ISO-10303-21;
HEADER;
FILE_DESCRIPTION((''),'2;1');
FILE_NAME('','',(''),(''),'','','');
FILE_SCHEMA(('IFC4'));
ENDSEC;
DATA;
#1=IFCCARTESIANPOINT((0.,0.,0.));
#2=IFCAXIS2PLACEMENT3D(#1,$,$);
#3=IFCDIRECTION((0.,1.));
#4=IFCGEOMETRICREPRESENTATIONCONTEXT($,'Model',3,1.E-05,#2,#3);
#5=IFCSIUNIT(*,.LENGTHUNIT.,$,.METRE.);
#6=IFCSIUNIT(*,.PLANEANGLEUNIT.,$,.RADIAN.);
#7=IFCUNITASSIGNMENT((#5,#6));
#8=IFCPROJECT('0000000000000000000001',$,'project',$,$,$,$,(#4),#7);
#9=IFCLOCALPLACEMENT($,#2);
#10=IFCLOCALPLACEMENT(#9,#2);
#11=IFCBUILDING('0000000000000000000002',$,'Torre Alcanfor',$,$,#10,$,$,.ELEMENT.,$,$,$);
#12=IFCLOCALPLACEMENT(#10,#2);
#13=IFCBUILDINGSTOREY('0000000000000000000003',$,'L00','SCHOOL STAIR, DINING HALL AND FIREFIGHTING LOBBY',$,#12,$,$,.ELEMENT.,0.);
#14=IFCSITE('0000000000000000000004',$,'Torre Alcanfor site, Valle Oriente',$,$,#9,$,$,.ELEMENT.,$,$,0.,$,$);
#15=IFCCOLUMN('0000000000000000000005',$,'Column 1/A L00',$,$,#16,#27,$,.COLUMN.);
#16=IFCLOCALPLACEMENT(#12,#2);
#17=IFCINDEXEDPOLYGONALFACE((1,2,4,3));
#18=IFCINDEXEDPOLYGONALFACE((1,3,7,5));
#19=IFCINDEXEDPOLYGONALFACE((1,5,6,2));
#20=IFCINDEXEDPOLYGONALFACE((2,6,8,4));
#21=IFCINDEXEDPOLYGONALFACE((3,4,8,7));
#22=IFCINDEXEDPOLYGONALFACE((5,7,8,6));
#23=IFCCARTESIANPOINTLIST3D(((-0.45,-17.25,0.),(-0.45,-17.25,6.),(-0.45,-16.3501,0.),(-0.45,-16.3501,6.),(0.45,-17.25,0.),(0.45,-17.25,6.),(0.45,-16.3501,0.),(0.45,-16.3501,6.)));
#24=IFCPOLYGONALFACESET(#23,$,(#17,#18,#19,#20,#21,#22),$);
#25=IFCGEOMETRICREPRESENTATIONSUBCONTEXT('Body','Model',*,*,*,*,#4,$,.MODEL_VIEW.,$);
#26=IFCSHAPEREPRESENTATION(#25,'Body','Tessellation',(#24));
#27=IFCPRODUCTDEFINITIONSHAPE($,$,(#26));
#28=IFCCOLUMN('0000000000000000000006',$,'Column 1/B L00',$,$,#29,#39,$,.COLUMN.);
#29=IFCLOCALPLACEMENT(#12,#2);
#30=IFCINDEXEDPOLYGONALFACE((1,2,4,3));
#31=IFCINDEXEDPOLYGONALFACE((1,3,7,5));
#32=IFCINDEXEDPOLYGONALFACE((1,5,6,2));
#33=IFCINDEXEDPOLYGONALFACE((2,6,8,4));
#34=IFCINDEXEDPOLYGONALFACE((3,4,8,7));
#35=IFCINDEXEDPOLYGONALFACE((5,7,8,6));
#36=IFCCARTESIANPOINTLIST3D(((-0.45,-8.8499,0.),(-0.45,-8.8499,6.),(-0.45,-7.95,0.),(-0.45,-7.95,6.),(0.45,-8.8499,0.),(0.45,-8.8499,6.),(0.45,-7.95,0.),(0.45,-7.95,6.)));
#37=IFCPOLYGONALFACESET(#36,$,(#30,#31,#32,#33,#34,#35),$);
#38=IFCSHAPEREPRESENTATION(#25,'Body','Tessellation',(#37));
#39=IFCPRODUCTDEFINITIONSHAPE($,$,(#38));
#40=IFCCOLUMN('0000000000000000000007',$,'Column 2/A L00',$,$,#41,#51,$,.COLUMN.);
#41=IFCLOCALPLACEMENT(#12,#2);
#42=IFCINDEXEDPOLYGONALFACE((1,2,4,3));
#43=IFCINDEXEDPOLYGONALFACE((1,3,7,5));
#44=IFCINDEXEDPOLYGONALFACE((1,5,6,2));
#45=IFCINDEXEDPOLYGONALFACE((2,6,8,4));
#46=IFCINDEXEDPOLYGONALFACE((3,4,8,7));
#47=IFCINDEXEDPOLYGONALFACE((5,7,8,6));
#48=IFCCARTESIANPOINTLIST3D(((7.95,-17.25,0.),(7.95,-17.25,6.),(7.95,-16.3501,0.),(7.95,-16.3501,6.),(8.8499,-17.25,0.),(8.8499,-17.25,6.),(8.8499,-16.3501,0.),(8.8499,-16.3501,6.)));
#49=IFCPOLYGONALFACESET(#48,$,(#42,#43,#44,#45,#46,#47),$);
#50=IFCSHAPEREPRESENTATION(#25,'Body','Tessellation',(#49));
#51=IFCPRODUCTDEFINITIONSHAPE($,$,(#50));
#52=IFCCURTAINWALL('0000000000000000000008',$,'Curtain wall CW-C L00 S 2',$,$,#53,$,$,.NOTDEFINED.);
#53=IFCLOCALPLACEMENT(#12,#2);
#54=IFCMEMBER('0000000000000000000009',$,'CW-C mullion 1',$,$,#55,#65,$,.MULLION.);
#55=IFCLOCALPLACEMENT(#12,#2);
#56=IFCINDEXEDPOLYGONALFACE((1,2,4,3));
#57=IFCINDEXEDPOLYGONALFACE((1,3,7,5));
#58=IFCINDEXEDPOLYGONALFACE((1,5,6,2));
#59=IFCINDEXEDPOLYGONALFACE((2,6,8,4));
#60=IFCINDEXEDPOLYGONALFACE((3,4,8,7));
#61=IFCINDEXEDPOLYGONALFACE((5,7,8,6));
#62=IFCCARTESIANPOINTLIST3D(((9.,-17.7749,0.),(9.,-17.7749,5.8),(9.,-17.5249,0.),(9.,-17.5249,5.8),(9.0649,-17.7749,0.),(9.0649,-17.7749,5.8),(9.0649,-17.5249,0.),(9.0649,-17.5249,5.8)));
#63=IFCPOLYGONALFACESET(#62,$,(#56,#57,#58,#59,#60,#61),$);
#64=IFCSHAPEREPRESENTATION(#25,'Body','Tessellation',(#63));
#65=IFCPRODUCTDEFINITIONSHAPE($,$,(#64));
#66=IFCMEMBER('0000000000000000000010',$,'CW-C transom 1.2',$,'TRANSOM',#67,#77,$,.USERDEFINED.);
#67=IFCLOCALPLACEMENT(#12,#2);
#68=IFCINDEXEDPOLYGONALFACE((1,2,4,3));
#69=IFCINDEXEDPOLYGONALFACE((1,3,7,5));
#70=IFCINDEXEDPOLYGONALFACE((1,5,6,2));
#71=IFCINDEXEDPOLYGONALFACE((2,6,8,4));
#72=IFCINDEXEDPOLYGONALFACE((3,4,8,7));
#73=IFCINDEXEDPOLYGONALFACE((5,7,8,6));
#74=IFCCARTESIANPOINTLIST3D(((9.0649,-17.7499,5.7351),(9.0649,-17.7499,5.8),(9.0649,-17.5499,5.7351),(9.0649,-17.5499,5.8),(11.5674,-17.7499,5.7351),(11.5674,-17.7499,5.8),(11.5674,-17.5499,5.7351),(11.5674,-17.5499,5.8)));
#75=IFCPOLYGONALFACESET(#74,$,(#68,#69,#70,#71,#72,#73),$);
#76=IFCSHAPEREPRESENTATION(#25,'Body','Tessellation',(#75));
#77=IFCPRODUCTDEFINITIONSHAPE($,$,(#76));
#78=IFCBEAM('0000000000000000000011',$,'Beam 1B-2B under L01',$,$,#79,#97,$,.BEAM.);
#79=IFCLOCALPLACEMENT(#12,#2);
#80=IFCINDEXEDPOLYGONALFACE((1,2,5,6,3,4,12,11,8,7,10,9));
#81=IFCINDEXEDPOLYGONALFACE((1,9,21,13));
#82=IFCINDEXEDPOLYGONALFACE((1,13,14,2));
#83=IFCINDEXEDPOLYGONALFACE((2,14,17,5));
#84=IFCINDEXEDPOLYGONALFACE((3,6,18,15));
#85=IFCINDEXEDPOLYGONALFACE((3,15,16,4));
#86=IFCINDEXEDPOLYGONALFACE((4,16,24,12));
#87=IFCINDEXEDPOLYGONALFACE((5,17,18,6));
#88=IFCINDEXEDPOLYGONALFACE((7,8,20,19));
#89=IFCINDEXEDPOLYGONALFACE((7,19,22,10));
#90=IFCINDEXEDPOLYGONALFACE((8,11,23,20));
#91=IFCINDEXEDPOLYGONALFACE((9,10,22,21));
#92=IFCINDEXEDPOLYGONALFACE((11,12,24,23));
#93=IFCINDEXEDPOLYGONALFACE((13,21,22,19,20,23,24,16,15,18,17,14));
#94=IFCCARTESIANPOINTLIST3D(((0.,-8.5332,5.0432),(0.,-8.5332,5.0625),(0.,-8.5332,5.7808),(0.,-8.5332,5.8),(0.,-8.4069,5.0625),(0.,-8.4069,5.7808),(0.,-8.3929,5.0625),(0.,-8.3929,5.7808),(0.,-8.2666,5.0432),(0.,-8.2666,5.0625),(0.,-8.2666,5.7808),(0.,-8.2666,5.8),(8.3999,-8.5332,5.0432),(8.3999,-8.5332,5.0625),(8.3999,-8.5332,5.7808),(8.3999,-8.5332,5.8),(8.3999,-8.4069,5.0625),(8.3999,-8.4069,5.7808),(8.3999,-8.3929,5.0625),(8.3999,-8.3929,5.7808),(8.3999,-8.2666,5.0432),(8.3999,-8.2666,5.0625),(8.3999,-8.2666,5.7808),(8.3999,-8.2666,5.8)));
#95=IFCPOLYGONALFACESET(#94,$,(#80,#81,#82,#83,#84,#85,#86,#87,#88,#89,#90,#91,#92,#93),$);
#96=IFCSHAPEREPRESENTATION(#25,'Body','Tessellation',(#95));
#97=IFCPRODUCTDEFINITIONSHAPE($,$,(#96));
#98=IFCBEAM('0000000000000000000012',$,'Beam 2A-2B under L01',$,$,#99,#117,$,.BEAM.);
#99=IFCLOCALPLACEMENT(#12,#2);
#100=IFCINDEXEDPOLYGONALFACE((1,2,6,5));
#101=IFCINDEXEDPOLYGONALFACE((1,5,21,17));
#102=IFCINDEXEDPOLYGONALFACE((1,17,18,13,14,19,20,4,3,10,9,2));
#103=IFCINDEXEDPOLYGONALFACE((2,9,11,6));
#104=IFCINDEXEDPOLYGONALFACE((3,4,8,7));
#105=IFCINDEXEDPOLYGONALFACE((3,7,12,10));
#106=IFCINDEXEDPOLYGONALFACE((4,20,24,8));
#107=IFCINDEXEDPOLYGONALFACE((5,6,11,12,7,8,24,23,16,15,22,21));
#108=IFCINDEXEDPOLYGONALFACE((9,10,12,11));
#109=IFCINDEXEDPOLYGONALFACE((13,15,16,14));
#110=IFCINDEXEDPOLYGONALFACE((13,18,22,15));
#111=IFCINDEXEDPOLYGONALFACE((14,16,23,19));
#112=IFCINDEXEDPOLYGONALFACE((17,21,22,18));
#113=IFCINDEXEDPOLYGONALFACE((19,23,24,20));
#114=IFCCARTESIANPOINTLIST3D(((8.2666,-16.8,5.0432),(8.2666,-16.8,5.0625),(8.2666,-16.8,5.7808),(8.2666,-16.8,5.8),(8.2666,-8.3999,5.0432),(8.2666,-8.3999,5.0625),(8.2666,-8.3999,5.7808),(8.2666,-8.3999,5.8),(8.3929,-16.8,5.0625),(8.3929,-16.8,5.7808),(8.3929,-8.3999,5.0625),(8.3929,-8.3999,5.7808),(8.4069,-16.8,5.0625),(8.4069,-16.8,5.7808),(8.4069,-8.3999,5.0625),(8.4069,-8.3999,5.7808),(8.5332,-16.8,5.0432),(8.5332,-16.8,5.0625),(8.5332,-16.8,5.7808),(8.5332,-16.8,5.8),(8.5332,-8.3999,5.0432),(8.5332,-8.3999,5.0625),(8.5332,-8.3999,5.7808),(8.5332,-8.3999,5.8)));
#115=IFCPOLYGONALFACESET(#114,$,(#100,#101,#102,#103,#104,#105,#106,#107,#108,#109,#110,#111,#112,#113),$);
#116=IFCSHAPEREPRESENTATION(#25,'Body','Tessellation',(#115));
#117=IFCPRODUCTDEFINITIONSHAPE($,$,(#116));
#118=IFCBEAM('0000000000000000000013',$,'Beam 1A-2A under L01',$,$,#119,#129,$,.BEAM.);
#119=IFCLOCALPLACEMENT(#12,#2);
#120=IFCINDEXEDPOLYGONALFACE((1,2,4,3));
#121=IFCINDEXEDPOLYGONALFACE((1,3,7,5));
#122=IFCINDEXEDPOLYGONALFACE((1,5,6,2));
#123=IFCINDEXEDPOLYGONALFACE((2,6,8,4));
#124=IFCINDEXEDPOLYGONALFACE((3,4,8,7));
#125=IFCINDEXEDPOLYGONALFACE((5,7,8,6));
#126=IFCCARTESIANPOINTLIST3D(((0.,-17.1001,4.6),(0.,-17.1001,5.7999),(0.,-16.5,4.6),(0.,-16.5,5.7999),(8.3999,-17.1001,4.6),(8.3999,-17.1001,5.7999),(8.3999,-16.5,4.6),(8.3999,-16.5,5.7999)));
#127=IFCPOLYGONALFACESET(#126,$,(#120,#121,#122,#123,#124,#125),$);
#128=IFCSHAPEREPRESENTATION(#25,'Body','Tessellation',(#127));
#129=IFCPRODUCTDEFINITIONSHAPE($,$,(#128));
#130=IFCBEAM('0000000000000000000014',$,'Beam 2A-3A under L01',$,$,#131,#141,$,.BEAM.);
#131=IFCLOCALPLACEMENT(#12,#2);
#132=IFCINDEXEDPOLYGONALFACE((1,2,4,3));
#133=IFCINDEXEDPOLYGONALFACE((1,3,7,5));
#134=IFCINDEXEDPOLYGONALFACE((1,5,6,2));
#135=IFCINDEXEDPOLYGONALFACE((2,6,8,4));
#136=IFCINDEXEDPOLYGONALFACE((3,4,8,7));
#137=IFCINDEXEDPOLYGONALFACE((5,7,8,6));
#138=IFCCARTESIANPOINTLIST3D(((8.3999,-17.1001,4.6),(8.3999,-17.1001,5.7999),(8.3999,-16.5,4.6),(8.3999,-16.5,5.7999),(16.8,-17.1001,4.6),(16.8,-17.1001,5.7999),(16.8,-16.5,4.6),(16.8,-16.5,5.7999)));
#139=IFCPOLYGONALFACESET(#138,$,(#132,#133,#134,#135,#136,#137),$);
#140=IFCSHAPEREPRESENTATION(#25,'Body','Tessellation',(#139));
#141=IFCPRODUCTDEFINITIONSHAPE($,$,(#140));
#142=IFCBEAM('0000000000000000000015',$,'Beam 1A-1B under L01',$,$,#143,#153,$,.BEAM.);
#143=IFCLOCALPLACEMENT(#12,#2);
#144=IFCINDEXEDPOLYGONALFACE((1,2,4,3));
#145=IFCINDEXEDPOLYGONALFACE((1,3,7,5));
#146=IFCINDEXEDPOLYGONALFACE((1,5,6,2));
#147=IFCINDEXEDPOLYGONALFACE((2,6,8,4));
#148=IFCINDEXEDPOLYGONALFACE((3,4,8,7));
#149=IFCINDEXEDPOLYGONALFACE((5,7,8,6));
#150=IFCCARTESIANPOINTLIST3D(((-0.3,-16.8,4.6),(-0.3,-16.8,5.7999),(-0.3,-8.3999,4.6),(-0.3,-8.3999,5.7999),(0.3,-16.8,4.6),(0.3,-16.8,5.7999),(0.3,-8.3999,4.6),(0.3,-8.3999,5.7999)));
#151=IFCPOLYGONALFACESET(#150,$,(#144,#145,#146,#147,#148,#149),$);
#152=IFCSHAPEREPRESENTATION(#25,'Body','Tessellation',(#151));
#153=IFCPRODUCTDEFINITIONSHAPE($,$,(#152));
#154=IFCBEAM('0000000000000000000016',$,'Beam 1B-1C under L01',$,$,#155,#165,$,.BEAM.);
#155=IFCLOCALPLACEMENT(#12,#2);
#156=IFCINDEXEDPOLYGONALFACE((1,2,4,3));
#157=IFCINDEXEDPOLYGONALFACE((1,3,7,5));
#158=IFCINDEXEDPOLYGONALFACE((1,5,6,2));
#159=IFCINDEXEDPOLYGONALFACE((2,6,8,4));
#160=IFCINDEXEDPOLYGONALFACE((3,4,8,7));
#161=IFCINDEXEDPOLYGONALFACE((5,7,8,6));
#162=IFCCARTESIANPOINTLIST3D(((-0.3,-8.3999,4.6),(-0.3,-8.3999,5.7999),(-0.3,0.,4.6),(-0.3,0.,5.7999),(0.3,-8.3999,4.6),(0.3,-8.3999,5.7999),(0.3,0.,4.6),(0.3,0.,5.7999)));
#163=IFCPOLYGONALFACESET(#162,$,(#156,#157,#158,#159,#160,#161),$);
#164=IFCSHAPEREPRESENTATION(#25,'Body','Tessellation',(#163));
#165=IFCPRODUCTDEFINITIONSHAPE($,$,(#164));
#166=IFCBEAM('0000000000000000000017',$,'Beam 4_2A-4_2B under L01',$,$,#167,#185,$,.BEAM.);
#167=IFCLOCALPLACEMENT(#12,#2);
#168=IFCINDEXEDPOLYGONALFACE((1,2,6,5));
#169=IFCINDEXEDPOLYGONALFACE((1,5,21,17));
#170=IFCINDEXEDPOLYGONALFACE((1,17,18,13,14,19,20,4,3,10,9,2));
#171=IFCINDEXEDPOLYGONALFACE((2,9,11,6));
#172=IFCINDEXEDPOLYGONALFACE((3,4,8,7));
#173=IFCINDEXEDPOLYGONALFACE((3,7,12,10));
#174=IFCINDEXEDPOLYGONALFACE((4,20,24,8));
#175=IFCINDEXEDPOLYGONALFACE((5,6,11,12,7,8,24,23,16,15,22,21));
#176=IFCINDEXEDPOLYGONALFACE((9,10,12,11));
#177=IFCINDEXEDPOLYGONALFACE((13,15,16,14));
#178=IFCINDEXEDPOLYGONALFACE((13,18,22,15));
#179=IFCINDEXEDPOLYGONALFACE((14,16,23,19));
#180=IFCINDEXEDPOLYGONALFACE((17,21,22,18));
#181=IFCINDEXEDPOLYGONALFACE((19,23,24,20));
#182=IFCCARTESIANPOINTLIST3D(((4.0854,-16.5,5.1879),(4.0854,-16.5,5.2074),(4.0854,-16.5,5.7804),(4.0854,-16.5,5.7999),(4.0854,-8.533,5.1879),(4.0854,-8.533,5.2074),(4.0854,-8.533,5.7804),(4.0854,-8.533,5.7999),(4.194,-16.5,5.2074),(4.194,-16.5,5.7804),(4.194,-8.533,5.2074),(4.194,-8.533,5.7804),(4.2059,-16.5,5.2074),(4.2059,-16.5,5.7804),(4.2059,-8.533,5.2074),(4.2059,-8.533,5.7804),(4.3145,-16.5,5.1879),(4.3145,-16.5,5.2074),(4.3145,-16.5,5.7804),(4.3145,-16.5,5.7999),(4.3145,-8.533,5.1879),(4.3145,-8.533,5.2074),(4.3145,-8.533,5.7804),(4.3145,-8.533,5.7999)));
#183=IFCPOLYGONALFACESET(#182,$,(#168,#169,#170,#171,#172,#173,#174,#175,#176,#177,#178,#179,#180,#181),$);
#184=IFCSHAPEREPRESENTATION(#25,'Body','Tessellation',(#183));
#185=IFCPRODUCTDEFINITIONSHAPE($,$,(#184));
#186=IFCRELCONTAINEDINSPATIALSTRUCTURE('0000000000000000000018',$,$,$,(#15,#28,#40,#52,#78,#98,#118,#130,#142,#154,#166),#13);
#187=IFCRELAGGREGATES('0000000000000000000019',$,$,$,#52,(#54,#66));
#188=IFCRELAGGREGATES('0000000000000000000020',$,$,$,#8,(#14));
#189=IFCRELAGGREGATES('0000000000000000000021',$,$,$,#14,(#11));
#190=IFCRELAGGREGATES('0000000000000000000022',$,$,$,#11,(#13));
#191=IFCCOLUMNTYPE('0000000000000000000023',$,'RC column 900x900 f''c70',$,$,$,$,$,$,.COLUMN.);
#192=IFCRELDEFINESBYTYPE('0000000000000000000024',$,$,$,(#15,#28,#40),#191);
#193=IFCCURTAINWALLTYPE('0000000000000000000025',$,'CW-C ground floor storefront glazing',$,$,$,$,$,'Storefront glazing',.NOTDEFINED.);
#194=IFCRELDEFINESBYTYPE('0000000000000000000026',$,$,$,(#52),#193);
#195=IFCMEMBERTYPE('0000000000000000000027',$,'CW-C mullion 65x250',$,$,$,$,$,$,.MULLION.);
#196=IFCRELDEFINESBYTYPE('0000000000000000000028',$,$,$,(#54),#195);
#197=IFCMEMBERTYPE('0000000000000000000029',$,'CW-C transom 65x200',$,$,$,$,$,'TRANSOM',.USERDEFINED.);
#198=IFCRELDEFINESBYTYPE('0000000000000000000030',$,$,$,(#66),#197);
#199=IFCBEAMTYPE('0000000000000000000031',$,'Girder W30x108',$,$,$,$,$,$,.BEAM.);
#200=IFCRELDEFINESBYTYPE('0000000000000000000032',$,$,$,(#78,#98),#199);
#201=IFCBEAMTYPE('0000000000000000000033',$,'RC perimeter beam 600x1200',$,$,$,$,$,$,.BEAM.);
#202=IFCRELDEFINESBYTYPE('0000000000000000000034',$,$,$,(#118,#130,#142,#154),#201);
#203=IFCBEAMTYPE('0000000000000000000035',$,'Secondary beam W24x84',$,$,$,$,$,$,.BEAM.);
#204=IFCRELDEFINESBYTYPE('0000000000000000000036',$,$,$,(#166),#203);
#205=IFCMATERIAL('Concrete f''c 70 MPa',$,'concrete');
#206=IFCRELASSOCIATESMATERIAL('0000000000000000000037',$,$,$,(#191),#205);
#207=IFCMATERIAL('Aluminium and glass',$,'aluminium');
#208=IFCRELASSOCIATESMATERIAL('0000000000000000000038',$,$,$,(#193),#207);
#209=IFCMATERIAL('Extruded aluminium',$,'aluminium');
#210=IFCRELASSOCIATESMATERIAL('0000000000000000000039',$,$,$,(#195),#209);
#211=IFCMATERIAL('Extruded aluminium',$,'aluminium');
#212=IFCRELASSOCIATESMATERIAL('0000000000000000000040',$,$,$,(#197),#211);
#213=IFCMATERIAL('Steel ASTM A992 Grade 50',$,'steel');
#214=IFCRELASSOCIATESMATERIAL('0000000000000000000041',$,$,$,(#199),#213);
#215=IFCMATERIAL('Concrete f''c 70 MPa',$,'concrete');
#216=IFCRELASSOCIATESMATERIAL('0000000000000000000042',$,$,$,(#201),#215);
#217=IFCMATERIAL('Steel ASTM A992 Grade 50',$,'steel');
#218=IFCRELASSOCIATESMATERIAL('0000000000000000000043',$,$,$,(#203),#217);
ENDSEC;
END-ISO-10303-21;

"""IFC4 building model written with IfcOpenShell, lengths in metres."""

from ifc_helpers import new_model, si_unit, direction, frame, origin, origin_2d, place, context, subcontext, project, spatial, rectangle, i_section, extrude, material, material_profile, profile_set, type_object, element, aggregate, save


model = new_model("IFC4")

# Units and contexts
model_context = context("Model", 3, precision=1e-05, world=origin(), true_north=direction((0.0, 1.0)))
body_context = subcontext(model_context, "Body", "Model", "MODEL_VIEW")
ifc_project = project(units=[si_unit("LENGTHUNIT", "METRE"), si_unit("PLANEANGLEUNIT", "RADIAN")], contexts=[model_context])

# Site, building, storey
site_placement = place(None, origin())
site = spatial("IfcSite", under=ifc_project, at=site_placement, Name="Torre Alcanfor site, Valle Oriente", CompositionType="ELEMENT", RefElevation=0.0)
building_placement = place(site_placement, origin())
building = spatial("IfcBuilding", under=site, at=building_placement, Name="Torre Alcanfor", CompositionType="ELEMENT")
storey_placement = place(building_placement, origin())
storey = spatial("IfcBuildingStorey", under=building, at=storey_placement, Name="L00", Description="SCHOOL STAIR, DINING HALL AND FIREFIGHTING LOBBY", CompositionType="ELEMENT", Elevation=0.0)

# Columns
ifc_material_1 = material(Name="Concrete f'c 70 MPa", Category="concrete")
ifc_material_profile_1 = material_profile(ifc_material_1, rectangle(XDim=0.8999, YDim=0.8999, at=origin_2d()), Name="900x900")
ifc_profile_set_1 = profile_set([ifc_material_profile_1], Name="Concrete f'c 70 MPa")
column_type = type_object("IfcColumnType", Name="RC column 900x900 f'c70", PredefinedType="COLUMN", material=ifc_profile_set_1)
for number, where, z_axis, x_axis, name in (
    (1, (0.0, -16.8, 0.0), (0.0, 0.0, 1.0), (1.0, 0.0, 0.0), "Column 1/A L00"),
    (2, (0.0, -8.3999, 0.0), (0.0, 0.0, 1.0), (1.0, 0.0, 0.0), "Column 1/B L00"),
    (3, (8.3999, -16.8, 0.0), (0.0, 0.0, 1.0), (1.0, 0.0, 0.0), "Column 2/A L00"),
):
    element("IfcColumn", number, at=place(storey_placement, frame(where, z_axis=z_axis, x_axis=x_axis)), inside=storey, type_object=column_type, Name=name, PredefinedType="COLUMN", context=body_context, shape_type="SweptSolid", body=[
        extrude(rectangle(XDim=0.8999, YDim=0.8999, at=origin_2d()), origin(), (0.0, 0.0, 1.0), 6.0),
    ])

# Curtain wall, members
ifc_material_2 = material(Name="Aluminium and glass", Category="aluminium")
curtain_wall_type = type_object("IfcCurtainWallType", Name="CW-C ground floor storefront glazing", ElementType="Storefront glazing", PredefinedType="NOTDEFINED", material=ifc_material_2)
curtain_wall_placement = place(storey_placement, origin())
curtain_wall = element("IfcCurtainWall", 4, at=curtain_wall_placement, inside=storey, type_object=curtain_wall_type, Name="Curtain wall CW-C L00 S 2", PredefinedType="NOTDEFINED")
ifc_material_3 = material(Name="Extruded aluminium", Category="aluminium")
ifc_material_profile_2 = material_profile(ifc_material_3, rectangle(XDim=0.25, YDim=0.0649, at=origin_2d()), Name="CW-C mullion 65x250")
ifc_profile_set_2 = profile_set([ifc_material_profile_2], Name="Extruded aluminium")
member_type_1 = type_object("IfcMemberType", Name="CW-C mullion 65x250", PredefinedType="MULLION", material=ifc_profile_set_2)
member_1_placement = place(storey_placement, frame((9.0325, -17.6499, 0.0), z_axis=(0.0, 0.0, 1.0), x_axis=(0.0, 1.0, 0.0)))
member_1 = element("IfcMember", 5, at=member_1_placement, type_object=member_type_1, Name="CW-C mullion 1", PredefinedType="MULLION", context=body_context, shape_type="SweptSolid", body=[
    extrude(rectangle(XDim=0.25, YDim=0.0649, at=origin_2d()), origin(), (0.0, 0.0, 1.0), 5.8),
])
ifc_material_4 = material(Name="Extruded aluminium", Category="aluminium")
ifc_material_profile_3 = material_profile(ifc_material_4, rectangle(XDim=0.2, YDim=0.0649, at=origin_2d()), Name="CW-C transom 200x65")
ifc_profile_set_3 = profile_set([ifc_material_profile_3], Name="Extruded aluminium")
member_type_2 = type_object("IfcMemberType", Name="CW-C transom 65x200", ElementType="TRANSOM", PredefinedType="USERDEFINED", material=ifc_profile_set_3)
member_2_placement = place(storey_placement, frame((9.0649, -17.6499, 5.7676), z_axis=(1.0, 0.0, 0.0), x_axis=(0.0, 1.0, 0.0)))
member_2 = element("IfcMember", 6, at=member_2_placement, type_object=member_type_2, Name="CW-C transom 1.2", ObjectType="TRANSOM", PredefinedType="USERDEFINED", context=body_context, shape_type="SweptSolid", body=[
    extrude(rectangle(XDim=0.2, YDim=0.0649, at=origin_2d()), origin(), (0.0, 0.0, 1.0), 2.5024),
])
aggregate(curtain_wall, [member_1, member_2])

# Beams
ifc_material_5 = material(Name="Steel ASTM A992 Grade 50", Category="steel")
ifc_material_profile_4 = material_profile(ifc_material_5, i_section(OverallWidth=0.2666, OverallDepth=0.7568, WebThickness=0.0139, FlangeThickness=0.0193, at=origin_2d()), Name="W30x108")
ifc_profile_set_4 = profile_set([ifc_material_profile_4], Name="Steel ASTM A992 Grade 50")
beam_type_1 = type_object("IfcBeamType", Name="Girder W30x108", PredefinedType="BEAM", material=ifc_profile_set_4)
beam_1_placement = place(storey_placement, frame((0.0, -8.3999, 5.4216), z_axis=(1.0, 0.0, 0.0), x_axis=(0.0, 1.0, 0.0)))
element("IfcBeam", 7, at=beam_1_placement, inside=storey, type_object=beam_type_1, Name="Beam 1B-2B under L01", PredefinedType="BEAM", context=body_context, shape_type="SweptSolid", body=[
    extrude(i_section(OverallWidth=0.2666, OverallDepth=0.7568, WebThickness=0.0139, FlangeThickness=0.0193, at=origin_2d()), origin(), (0.0, 0.0, 1.0), 8.3999),
])
beam_2_placement = place(storey_placement, frame((8.3999, -16.8, 5.4216), z_axis=(0.0, 1.0, 0.0), x_axis=(-1.0, 0.0, 0.0)))
element("IfcBeam", 8, at=beam_2_placement, inside=storey, type_object=beam_type_1, Name="Beam 2A-2B under L01", PredefinedType="BEAM", context=body_context, shape_type="SweptSolid", body=[
    extrude(i_section(OverallWidth=0.2666, OverallDepth=0.7568, WebThickness=0.0139, FlangeThickness=0.0193, at=origin_2d()), origin(), (0.0, 0.0, 1.0), 8.4001),
])
ifc_material_6 = material(Name="Concrete f'c 70 MPa", Category="concrete")
ifc_material_profile_5 = material_profile(ifc_material_6, rectangle(XDim=0.6001, YDim=1.2, at=origin_2d()), Name="600x1200")
ifc_profile_set_5 = profile_set([ifc_material_profile_5], Name="Concrete f'c 70 MPa")
beam_type_2 = type_object("IfcBeamType", Name="RC perimeter beam 600x1200", PredefinedType="BEAM", material=ifc_profile_set_5)
beam_3_placement = place(storey_placement, frame((0.0, -16.8, 5.2), z_axis=(1.0, 0.0, 0.0), x_axis=(0.0, 1.0, 0.0)))
element("IfcBeam", 9, at=beam_3_placement, inside=storey, type_object=beam_type_2, Name="Beam 1A-2A under L01", PredefinedType="BEAM", context=body_context, shape_type="SweptSolid", body=[
    extrude(rectangle(XDim=0.6001, YDim=1.2, at=origin_2d()), origin(), (0.0, 0.0, 1.0), 8.3999),
])
for number, where, z_axis, x_axis, name in (
    (10, (8.3999, -16.8, 5.2), (1.0, 0.0, 0.0), (0.0, 1.0, 0.0), "Beam 2A-3A under L01"),
    (11, (0.0, -16.8, 5.2), (0.0, 1.0, 0.0), (-1.0, 0.0, 0.0), "Beam 1A-1B under L01"),
):
    element("IfcBeam", number, at=place(storey_placement, frame(where, z_axis=z_axis, x_axis=x_axis)), inside=storey, type_object=beam_type_2, Name=name, PredefinedType="BEAM", context=body_context, shape_type="SweptSolid", body=[
        extrude(rectangle(XDim=0.6001, YDim=1.2, at=origin_2d()), origin(), (0.0, 0.0, 1.0), 8.4001),
    ])
beam_4_placement = place(storey_placement, frame((0.0, -8.3999, 5.2), z_axis=(0.0, 1.0, 0.0), x_axis=(-1.0, 0.0, 0.0)))
element("IfcBeam", 12, at=beam_4_placement, inside=storey, type_object=beam_type_2, Name="Beam 1B-1C under L01", PredefinedType="BEAM", context=body_context, shape_type="SweptSolid", body=[
    extrude(rectangle(XDim=0.6001, YDim=1.2, at=origin_2d()), origin(), (0.0, 0.0, 1.0), 8.3999),
])
ifc_material_7 = material(Name="Steel ASTM A992 Grade 50", Category="steel")
ifc_material_profile_6 = material_profile(ifc_material_7, i_section(OverallWidth=0.229, OverallDepth=0.6121, WebThickness=0.012, FlangeThickness=0.0195, at=origin_2d()), Name="W24x84")
ifc_profile_set_6 = profile_set([ifc_material_profile_6], Name="Steel ASTM A992 Grade 50")
beam_type_3 = type_object("IfcBeamType", Name="Secondary beam W24x84", PredefinedType="BEAM", material=ifc_profile_set_6)
beam_5_placement = place(storey_placement, frame((4.2, -16.5, 5.4939), z_axis=(0.0, 1.0, 0.0), x_axis=(-1.0, 0.0, 0.0)))
element("IfcBeam", 13, at=beam_5_placement, inside=storey, type_object=beam_type_3, Name="Beam 4_2A-4_2B under L01", PredefinedType="BEAM", context=body_context, shape_type="SweptSolid", body=[
    extrude(i_section(OverallWidth=0.229, OverallDepth=0.6121, WebThickness=0.012, FlangeThickness=0.0195, at=origin_2d()), origin(), (0.0, 0.0, 1.0), 7.967),
])

save(model, "model.ifc")
